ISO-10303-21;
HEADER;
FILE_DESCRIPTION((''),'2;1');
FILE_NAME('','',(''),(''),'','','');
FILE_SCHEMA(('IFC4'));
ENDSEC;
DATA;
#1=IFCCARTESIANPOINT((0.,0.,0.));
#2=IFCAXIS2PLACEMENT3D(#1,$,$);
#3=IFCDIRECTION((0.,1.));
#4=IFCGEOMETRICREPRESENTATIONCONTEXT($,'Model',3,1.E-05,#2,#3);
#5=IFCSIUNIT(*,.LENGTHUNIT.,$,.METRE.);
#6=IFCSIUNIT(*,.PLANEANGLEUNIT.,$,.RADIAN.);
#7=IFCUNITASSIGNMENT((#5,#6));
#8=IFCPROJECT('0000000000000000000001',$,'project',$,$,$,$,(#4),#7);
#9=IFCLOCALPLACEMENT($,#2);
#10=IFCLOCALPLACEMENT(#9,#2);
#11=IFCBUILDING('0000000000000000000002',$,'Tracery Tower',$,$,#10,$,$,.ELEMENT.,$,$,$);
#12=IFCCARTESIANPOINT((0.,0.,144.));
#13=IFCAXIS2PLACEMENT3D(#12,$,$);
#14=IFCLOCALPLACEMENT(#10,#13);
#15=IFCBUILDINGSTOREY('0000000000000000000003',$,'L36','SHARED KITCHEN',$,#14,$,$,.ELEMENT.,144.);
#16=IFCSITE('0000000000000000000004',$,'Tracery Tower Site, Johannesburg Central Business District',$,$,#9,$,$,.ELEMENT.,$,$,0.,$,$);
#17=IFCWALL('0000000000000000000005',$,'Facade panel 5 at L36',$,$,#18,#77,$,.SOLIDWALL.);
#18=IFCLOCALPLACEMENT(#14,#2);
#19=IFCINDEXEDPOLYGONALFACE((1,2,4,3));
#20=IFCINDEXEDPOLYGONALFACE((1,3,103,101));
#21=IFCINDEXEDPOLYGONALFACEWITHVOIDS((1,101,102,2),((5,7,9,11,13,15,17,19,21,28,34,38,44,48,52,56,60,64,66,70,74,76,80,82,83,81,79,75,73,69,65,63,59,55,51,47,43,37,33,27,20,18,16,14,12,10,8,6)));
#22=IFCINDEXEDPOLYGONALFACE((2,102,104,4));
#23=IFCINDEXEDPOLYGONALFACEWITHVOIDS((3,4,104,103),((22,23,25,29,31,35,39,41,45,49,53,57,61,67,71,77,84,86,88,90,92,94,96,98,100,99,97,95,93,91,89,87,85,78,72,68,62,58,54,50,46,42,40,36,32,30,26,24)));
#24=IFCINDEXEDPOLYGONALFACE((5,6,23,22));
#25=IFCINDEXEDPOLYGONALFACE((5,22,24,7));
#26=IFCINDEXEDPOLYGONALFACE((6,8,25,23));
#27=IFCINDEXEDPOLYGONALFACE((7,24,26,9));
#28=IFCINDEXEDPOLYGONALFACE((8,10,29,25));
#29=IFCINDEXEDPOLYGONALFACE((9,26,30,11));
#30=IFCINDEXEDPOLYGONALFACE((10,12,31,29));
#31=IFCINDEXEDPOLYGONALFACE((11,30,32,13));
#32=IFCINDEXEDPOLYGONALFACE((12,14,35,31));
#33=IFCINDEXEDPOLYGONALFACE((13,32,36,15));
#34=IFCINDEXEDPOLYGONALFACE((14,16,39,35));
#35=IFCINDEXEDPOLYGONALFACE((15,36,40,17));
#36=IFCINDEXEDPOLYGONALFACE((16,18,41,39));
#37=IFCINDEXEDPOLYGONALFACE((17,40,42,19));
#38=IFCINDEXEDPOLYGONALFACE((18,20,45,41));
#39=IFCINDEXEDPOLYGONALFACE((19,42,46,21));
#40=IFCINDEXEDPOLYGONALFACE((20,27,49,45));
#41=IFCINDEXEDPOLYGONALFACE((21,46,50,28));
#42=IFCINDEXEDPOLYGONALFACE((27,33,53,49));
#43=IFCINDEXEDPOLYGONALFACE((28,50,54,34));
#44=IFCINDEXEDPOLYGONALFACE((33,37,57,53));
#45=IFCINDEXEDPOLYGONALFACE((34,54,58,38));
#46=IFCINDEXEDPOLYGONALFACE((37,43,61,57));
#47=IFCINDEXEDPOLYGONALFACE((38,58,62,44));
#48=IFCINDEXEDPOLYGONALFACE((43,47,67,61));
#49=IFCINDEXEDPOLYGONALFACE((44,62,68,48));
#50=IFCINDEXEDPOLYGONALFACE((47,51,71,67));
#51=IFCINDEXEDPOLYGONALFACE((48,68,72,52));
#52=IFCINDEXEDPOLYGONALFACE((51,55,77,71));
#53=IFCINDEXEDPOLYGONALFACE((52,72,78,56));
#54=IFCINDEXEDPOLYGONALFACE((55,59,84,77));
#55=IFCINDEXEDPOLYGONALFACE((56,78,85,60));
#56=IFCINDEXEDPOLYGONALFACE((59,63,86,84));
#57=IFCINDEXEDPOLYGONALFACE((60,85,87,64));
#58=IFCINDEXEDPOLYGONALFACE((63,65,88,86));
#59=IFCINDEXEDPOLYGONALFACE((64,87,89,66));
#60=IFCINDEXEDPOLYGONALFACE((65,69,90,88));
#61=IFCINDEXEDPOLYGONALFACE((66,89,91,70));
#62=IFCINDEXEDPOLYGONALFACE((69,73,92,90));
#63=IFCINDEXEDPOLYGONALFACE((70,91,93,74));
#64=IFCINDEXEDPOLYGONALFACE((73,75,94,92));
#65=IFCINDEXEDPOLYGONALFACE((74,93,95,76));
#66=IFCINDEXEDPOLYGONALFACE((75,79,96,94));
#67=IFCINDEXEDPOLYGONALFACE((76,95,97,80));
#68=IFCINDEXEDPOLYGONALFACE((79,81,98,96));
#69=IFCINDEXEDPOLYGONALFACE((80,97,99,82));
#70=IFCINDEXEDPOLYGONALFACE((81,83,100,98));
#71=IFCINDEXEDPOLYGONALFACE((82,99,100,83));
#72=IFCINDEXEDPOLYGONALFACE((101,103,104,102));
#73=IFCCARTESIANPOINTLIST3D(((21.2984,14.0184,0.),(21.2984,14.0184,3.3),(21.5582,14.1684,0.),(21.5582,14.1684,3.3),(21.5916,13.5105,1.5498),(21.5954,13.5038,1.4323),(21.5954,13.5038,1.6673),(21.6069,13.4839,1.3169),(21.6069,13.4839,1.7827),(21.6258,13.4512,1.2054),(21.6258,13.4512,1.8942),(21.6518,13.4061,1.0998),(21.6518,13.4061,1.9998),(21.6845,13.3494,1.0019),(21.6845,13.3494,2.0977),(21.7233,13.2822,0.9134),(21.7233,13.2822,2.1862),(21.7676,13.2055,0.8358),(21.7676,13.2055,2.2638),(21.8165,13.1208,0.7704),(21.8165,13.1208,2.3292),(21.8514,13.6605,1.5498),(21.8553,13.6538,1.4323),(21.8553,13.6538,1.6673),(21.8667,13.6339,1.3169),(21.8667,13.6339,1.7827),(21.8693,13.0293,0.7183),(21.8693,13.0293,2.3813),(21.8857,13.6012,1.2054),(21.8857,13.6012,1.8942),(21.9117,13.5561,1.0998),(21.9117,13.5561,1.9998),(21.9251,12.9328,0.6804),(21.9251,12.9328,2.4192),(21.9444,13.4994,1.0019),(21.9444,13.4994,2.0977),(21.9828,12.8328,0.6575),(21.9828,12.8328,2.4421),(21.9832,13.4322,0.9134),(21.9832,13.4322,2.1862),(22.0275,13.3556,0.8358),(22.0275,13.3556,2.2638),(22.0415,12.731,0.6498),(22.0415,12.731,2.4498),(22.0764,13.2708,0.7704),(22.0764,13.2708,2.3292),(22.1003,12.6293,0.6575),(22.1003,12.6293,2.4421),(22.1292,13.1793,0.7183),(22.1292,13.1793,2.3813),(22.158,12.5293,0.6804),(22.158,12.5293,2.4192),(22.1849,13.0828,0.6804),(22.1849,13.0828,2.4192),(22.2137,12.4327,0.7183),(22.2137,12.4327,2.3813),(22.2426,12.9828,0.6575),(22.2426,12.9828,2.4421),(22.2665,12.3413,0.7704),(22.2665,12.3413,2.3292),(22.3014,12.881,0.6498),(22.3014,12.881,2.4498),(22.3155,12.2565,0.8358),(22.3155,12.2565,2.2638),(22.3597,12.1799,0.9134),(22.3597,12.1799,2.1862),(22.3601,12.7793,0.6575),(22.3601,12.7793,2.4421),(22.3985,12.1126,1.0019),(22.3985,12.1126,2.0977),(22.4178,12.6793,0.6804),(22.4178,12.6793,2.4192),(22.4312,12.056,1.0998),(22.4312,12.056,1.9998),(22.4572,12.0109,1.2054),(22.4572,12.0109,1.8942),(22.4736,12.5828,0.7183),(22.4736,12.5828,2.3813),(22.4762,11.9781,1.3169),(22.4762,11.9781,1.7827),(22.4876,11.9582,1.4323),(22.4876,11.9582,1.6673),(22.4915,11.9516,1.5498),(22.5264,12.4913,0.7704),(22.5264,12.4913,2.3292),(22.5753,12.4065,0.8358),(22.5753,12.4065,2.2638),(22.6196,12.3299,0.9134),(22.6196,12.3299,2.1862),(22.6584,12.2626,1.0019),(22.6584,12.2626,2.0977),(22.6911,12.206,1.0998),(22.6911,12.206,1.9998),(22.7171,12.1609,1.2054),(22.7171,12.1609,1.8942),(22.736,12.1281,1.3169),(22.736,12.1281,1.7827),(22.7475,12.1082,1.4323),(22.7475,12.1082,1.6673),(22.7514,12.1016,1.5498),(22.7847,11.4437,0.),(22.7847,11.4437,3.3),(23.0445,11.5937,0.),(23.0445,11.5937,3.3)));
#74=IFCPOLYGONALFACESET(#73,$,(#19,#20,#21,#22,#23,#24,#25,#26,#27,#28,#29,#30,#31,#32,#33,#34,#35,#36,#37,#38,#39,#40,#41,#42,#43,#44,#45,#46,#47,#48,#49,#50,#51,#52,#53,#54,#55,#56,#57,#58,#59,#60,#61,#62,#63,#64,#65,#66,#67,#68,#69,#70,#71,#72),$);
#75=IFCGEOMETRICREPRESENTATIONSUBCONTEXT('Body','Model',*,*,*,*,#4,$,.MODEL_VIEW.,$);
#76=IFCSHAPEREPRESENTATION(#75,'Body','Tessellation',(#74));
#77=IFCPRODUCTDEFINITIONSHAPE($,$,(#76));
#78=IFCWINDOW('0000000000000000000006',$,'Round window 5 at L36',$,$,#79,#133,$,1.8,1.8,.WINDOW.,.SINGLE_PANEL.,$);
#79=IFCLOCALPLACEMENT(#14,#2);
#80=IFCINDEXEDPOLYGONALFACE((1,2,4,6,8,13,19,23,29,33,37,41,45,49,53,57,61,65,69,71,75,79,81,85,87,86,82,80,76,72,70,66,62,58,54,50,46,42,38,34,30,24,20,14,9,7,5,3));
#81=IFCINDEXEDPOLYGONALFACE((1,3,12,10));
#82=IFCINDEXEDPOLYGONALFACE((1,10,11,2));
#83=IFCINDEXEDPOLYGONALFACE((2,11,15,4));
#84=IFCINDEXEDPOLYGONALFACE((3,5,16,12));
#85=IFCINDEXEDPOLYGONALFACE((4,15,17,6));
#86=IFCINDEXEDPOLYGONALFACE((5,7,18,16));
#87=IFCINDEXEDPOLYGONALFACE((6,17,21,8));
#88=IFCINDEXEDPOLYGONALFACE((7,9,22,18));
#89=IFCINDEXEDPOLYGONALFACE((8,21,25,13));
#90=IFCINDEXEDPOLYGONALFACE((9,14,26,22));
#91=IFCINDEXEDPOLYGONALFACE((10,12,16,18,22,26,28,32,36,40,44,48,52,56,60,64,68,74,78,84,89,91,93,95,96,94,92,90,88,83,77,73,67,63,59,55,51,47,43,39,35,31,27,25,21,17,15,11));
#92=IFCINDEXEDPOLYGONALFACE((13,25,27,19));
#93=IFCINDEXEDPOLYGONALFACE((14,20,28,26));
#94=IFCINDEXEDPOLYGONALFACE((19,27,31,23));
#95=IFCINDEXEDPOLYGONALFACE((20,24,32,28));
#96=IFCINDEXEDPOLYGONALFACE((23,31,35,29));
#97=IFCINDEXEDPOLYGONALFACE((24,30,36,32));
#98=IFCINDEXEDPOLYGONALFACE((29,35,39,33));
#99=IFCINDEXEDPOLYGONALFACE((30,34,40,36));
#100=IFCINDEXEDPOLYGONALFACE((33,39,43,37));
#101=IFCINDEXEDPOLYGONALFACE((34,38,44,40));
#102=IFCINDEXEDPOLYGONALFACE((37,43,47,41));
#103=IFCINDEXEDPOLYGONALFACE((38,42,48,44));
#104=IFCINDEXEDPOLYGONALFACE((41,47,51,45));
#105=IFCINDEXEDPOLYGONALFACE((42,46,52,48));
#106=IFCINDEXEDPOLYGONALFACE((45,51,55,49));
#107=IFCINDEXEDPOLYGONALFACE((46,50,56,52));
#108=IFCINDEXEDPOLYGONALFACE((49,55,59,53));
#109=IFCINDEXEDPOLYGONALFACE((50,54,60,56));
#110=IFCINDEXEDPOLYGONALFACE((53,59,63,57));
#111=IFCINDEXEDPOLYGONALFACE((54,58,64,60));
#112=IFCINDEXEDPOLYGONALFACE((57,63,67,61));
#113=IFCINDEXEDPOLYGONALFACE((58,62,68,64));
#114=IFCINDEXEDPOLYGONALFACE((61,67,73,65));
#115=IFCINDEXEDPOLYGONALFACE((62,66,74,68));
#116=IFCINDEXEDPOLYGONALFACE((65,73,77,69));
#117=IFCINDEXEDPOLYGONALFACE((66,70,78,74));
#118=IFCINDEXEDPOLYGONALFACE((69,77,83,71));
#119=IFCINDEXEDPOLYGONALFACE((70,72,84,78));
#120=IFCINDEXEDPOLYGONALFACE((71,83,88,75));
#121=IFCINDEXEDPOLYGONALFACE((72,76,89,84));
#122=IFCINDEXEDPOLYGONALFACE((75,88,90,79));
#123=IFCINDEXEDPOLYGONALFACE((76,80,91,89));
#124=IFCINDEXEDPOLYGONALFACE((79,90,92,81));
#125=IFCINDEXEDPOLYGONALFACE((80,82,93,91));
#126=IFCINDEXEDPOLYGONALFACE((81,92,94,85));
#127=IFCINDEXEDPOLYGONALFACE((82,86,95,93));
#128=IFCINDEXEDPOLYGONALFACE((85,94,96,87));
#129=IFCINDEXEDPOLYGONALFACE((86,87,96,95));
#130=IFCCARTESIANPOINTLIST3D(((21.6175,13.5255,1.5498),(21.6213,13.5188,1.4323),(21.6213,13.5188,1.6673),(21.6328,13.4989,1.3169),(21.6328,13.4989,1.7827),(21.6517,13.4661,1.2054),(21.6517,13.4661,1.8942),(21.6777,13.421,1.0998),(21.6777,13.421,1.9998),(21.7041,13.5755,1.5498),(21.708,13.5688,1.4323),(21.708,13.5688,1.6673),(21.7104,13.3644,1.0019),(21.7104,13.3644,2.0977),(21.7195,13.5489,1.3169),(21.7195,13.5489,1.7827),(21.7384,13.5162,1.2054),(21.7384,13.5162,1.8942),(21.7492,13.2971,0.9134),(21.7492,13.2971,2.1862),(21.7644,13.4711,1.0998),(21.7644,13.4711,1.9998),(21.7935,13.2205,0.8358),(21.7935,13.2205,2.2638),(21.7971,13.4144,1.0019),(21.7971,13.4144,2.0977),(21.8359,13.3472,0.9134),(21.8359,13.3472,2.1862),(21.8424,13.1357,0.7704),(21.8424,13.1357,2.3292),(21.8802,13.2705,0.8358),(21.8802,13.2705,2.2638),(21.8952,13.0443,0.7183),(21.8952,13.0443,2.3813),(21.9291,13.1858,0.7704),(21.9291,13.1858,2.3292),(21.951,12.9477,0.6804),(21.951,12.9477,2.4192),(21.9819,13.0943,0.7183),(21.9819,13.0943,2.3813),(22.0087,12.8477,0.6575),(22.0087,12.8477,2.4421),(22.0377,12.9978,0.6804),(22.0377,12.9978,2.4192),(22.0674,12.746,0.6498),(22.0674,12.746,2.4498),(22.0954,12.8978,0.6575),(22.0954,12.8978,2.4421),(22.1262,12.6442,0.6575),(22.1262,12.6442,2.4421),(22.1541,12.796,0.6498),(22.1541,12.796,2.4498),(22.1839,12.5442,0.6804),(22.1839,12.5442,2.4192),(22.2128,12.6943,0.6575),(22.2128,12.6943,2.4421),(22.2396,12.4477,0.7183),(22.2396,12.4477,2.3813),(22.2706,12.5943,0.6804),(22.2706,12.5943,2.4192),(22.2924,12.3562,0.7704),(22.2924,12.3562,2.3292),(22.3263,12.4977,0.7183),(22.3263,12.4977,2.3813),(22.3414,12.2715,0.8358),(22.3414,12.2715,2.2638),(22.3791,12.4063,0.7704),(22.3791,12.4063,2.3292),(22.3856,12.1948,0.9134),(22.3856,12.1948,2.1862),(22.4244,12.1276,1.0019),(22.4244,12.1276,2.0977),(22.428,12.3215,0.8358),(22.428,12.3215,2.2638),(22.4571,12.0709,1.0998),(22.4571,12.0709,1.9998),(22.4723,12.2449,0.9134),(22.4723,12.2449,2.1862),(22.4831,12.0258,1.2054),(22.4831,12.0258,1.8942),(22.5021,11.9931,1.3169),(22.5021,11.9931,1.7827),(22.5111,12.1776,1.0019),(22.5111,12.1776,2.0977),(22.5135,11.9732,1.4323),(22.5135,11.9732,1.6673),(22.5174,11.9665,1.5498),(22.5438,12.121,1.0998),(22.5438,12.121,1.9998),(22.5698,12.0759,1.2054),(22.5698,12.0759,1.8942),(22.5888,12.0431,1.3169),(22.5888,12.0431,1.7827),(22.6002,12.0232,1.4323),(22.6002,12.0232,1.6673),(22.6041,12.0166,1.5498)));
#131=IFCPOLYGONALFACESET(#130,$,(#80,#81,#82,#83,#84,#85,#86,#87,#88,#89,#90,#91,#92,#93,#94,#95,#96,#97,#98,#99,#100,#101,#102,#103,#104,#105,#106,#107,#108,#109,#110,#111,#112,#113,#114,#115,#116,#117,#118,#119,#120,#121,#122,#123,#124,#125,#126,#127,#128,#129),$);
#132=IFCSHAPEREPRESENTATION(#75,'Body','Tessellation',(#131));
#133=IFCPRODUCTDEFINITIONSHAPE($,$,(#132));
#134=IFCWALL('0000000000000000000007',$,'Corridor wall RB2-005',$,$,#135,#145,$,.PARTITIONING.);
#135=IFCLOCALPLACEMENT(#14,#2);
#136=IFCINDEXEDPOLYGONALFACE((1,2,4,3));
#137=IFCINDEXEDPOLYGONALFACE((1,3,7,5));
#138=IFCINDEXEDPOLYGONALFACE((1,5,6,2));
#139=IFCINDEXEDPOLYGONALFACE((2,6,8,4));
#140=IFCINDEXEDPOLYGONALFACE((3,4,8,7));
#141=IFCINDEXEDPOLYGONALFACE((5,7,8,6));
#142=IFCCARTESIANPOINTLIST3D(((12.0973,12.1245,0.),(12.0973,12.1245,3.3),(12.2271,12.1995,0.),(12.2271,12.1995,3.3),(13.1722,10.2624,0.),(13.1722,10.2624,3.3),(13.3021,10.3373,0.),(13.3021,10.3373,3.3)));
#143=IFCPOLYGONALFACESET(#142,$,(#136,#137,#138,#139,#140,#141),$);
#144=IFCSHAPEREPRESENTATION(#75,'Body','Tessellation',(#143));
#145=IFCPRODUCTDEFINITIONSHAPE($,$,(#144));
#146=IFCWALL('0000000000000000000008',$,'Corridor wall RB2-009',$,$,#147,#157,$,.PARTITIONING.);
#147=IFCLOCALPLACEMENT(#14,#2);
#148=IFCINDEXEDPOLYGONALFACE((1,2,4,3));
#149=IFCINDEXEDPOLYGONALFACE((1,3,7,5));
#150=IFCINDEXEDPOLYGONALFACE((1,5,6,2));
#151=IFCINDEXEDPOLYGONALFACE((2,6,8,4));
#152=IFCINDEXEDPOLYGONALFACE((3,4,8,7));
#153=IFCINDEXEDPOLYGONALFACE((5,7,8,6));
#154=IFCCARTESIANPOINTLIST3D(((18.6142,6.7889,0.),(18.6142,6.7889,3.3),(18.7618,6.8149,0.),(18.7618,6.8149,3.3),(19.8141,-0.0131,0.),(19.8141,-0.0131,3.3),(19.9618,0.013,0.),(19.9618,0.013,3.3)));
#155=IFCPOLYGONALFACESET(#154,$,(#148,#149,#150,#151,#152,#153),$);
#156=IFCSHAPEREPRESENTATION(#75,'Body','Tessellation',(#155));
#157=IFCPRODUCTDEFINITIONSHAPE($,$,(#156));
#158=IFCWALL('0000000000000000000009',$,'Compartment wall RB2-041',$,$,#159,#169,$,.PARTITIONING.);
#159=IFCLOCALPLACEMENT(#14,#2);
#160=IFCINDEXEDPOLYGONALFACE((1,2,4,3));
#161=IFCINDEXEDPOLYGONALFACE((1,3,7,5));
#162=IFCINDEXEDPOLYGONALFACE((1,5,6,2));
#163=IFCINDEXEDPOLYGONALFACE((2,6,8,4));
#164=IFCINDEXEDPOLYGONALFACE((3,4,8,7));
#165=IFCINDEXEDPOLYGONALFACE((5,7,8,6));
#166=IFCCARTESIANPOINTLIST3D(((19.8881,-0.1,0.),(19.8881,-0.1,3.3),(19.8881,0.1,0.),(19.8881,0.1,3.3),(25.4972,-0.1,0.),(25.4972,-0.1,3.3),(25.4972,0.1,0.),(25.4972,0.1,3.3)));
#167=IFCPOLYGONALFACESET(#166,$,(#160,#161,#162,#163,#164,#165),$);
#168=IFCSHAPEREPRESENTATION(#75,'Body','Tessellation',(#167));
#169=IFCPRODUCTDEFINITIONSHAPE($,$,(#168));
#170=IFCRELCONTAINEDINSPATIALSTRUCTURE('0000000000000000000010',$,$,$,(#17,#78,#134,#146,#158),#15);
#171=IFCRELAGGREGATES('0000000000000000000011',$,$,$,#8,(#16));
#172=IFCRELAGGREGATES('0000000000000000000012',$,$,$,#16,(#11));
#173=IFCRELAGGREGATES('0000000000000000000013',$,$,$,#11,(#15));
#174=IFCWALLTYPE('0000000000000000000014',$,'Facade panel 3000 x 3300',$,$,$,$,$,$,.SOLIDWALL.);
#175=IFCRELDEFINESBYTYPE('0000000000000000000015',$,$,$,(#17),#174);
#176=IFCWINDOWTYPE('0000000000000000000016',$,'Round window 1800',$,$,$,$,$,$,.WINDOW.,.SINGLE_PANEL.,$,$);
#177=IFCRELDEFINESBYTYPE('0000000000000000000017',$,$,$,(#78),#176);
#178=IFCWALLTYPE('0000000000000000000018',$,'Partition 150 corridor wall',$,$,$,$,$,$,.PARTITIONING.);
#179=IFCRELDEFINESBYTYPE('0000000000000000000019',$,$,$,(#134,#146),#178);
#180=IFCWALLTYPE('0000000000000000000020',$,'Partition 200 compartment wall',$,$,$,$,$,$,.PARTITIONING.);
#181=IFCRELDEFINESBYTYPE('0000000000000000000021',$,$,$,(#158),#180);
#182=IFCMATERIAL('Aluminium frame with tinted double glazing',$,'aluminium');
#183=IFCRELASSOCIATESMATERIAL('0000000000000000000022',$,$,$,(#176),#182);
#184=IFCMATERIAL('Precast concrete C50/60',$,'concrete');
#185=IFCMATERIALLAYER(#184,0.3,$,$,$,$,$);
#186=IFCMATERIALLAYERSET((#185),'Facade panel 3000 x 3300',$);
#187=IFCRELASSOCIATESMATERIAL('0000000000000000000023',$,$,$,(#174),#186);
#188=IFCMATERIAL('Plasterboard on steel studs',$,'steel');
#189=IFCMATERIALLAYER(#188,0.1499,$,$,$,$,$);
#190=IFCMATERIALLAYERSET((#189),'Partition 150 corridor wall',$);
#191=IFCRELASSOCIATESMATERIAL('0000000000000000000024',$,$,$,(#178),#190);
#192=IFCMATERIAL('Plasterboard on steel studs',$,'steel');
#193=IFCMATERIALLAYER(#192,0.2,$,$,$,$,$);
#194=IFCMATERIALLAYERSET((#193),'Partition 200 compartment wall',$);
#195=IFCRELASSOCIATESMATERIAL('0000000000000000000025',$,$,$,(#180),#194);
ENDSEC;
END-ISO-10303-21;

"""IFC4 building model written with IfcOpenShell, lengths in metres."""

from ifc_helpers import new_model, si_unit, direction, frame, frame_2d, origin, origin_2d, place, context, subcontext, project, spatial, rectangle, circle, extrude, material, layer, layer_set, type_object, element, fill, save


model = new_model("IFC4")

# Units and contexts
model_context = context("Model", 3, precision=1e-05, world=origin(), true_north=direction((0.0, 1.0)))
body_context = subcontext(model_context, "Body", "Model", "MODEL_VIEW")
ifc_project = project(units=[si_unit("LENGTHUNIT", "METRE"), si_unit("PLANEANGLEUNIT", "RADIAN")], contexts=[model_context])

# Site, building, storey
site_placement = place(None, origin())
site = spatial("IfcSite", under=ifc_project, at=site_placement, Name="Tracery Tower Site, Johannesburg Central Business District", CompositionType="ELEMENT", RefElevation=0.0)
building_placement = place(site_placement, origin())
building = spatial("IfcBuilding", under=site, at=building_placement, Name="Tracery Tower", CompositionType="ELEMENT")
storey_placement = place(building_placement, frame((0.0, 0.0, 144.0)))
storey = spatial("IfcBuildingStorey", under=building, at=storey_placement, Name="L36", Description="SHARED KITCHEN", CompositionType="ELEMENT", Elevation=144.0)

# Wall, opening, window
ifc_material_1 = material(Name="Aluminium frame with tinted double glazing", Category="aluminium")
window_type = type_object("IfcWindowType", Name="Round window 1800", PartitioningType="SINGLE_PANEL", PredefinedType="WINDOW", material=ifc_material_1)
ifc_material_2 = material(Name="Precast concrete C50/60", Category="concrete")
ifc_layer_1 = layer(ifc_material_2, 0.3)
ifc_layer_set_1 = layer_set([ifc_layer_1], Name="Facade panel 3000 x 3300")
wall_type_1 = type_object("IfcWallType", Name="Facade panel 3000 x 3300", PredefinedType="SOLIDWALL", material=ifc_layer_set_1)
wall_1_placement = place(storey_placement, frame((22.9146, 11.5188, 0.0), z_axis=(0.0, 0.0, 1.0), x_axis=(-0.499955, 0.866052, 0.0)))
wall_1 = element("IfcWall", 1, at=wall_1_placement, inside=storey, type_object=wall_type_1, Name="Facade panel 5 at L36", PredefinedType="SOLIDWALL", context=body_context, shape_type="SweptSolid", body=[
    extrude(rectangle(XDim=2.9729, YDim=0.3, at=frame_2d((1.4863, 0.0))), origin(), (0.0, 0.0, 1.0), 3.3),
])
opening_1_placement = place(wall_1_placement, frame((1.4863, 0.0, 1.5498)))
opening_1 = element("IfcOpeningElement", 2, at=opening_1_placement, cuts=wall_1, PredefinedType="OPENING", context=body_context, shape_type="SweptSolid", body=[
    extrude(circle(Radius=0.9, at=origin_2d()), frame((0.0, 0.1599, 0.0), z_axis=(0.0, -1.0, 0.0), x_axis=(1.0, 0.0, 0.0)), (0.0, 0.0, 1.0), 0.3201),
])
window_1_placement = place(opening_1_placement, origin())
window_1 = element("IfcWindow", 3, at=window_1_placement, inside=storey, type_object=window_type, Name="Round window 5 at L36", OverallHeight=1.8, OverallWidth=1.8, PartitioningType="SINGLE_PANEL", PredefinedType="WINDOW", context=body_context, shape_type="SweptSolid", body=[
    extrude(circle(Radius=0.9, at=origin_2d()), frame((0.0, 0.1201, 0.0), z_axis=(0.0, -1.0, 0.0), x_axis=(1.0, 0.0, 0.0)), (0.0, 0.0, 1.0), 0.1001),
])
fill(opening_1, window_1)

# Walls
ifc_material_3 = material(Name="Plasterboard on steel studs", Category="steel")
ifc_layer_2 = layer(ifc_material_3, 0.1499)
ifc_layer_set_2 = layer_set([ifc_layer_2], Name="Partition 150 corridor wall")
wall_type_2 = type_object("IfcWallType", Name="Partition 150 corridor wall", PredefinedType="PARTITIONING", material=ifc_layer_set_2)
wall_2_placement = place(storey_placement, frame((12.1621, 12.1621, 0.0), z_axis=(0.0, 0.0, 1.0), x_axis=(0.499962, -0.866048, 0.0)))
element("IfcWall", 4, at=wall_2_placement, inside=storey, type_object=wall_type_2, Name="Corridor wall RB2-005", PredefinedType="PARTITIONING", context=body_context, shape_type="SweptSolid", body=[
    extrude(rectangle(XDim=2.1501, YDim=0.1499, at=frame_2d((1.0752, 0.0))), origin(), (0.0, 0.0, 1.0), 3.3),
])
wall_3_placement = place(storey_placement, frame((18.688, 6.802, 0.0), z_axis=(0.0, 0.0, 1.0), x_axis=(0.173729, -0.984794, 0.0)))
element("IfcWall", 5, at=wall_3_placement, inside=storey, type_object=wall_type_2, Name="Corridor wall RB2-009", PredefinedType="PARTITIONING", context=body_context, shape_type="SweptSolid", body=[
    extrude(rectangle(XDim=6.907, YDim=0.1499, at=frame_2d((3.4536, 0.0))), origin(), (0.0, 0.0, 1.0), 3.3),
])
ifc_material_4 = material(Name="Plasterboard on steel studs", Category="steel")
ifc_layer_3 = layer(ifc_material_4, 0.2)
ifc_layer_set_3 = layer_set([ifc_layer_3], Name="Partition 200 compartment wall")
wall_type_3 = type_object("IfcWallType", Name="Partition 200 compartment wall", PredefinedType="PARTITIONING", material=ifc_layer_set_3)
wall_4_placement = place(storey_placement, frame((19.8879, 0.0, 0.0), z_axis=(0.0, 0.0, 1.0), x_axis=(1.0, 0.0, 0.0)))
element("IfcWall", 6, at=wall_4_placement, inside=storey, type_object=wall_type_3, Name="Compartment wall RB2-041", PredefinedType="PARTITIONING", context=body_context, shape_type="SweptSolid", body=[
    extrude(rectangle(XDim=5.6091, YDim=0.2, at=frame_2d((2.8047, 0.0))), origin(), (0.0, 0.0, 1.0), 3.3),
])

save(model, "model.ifc")
